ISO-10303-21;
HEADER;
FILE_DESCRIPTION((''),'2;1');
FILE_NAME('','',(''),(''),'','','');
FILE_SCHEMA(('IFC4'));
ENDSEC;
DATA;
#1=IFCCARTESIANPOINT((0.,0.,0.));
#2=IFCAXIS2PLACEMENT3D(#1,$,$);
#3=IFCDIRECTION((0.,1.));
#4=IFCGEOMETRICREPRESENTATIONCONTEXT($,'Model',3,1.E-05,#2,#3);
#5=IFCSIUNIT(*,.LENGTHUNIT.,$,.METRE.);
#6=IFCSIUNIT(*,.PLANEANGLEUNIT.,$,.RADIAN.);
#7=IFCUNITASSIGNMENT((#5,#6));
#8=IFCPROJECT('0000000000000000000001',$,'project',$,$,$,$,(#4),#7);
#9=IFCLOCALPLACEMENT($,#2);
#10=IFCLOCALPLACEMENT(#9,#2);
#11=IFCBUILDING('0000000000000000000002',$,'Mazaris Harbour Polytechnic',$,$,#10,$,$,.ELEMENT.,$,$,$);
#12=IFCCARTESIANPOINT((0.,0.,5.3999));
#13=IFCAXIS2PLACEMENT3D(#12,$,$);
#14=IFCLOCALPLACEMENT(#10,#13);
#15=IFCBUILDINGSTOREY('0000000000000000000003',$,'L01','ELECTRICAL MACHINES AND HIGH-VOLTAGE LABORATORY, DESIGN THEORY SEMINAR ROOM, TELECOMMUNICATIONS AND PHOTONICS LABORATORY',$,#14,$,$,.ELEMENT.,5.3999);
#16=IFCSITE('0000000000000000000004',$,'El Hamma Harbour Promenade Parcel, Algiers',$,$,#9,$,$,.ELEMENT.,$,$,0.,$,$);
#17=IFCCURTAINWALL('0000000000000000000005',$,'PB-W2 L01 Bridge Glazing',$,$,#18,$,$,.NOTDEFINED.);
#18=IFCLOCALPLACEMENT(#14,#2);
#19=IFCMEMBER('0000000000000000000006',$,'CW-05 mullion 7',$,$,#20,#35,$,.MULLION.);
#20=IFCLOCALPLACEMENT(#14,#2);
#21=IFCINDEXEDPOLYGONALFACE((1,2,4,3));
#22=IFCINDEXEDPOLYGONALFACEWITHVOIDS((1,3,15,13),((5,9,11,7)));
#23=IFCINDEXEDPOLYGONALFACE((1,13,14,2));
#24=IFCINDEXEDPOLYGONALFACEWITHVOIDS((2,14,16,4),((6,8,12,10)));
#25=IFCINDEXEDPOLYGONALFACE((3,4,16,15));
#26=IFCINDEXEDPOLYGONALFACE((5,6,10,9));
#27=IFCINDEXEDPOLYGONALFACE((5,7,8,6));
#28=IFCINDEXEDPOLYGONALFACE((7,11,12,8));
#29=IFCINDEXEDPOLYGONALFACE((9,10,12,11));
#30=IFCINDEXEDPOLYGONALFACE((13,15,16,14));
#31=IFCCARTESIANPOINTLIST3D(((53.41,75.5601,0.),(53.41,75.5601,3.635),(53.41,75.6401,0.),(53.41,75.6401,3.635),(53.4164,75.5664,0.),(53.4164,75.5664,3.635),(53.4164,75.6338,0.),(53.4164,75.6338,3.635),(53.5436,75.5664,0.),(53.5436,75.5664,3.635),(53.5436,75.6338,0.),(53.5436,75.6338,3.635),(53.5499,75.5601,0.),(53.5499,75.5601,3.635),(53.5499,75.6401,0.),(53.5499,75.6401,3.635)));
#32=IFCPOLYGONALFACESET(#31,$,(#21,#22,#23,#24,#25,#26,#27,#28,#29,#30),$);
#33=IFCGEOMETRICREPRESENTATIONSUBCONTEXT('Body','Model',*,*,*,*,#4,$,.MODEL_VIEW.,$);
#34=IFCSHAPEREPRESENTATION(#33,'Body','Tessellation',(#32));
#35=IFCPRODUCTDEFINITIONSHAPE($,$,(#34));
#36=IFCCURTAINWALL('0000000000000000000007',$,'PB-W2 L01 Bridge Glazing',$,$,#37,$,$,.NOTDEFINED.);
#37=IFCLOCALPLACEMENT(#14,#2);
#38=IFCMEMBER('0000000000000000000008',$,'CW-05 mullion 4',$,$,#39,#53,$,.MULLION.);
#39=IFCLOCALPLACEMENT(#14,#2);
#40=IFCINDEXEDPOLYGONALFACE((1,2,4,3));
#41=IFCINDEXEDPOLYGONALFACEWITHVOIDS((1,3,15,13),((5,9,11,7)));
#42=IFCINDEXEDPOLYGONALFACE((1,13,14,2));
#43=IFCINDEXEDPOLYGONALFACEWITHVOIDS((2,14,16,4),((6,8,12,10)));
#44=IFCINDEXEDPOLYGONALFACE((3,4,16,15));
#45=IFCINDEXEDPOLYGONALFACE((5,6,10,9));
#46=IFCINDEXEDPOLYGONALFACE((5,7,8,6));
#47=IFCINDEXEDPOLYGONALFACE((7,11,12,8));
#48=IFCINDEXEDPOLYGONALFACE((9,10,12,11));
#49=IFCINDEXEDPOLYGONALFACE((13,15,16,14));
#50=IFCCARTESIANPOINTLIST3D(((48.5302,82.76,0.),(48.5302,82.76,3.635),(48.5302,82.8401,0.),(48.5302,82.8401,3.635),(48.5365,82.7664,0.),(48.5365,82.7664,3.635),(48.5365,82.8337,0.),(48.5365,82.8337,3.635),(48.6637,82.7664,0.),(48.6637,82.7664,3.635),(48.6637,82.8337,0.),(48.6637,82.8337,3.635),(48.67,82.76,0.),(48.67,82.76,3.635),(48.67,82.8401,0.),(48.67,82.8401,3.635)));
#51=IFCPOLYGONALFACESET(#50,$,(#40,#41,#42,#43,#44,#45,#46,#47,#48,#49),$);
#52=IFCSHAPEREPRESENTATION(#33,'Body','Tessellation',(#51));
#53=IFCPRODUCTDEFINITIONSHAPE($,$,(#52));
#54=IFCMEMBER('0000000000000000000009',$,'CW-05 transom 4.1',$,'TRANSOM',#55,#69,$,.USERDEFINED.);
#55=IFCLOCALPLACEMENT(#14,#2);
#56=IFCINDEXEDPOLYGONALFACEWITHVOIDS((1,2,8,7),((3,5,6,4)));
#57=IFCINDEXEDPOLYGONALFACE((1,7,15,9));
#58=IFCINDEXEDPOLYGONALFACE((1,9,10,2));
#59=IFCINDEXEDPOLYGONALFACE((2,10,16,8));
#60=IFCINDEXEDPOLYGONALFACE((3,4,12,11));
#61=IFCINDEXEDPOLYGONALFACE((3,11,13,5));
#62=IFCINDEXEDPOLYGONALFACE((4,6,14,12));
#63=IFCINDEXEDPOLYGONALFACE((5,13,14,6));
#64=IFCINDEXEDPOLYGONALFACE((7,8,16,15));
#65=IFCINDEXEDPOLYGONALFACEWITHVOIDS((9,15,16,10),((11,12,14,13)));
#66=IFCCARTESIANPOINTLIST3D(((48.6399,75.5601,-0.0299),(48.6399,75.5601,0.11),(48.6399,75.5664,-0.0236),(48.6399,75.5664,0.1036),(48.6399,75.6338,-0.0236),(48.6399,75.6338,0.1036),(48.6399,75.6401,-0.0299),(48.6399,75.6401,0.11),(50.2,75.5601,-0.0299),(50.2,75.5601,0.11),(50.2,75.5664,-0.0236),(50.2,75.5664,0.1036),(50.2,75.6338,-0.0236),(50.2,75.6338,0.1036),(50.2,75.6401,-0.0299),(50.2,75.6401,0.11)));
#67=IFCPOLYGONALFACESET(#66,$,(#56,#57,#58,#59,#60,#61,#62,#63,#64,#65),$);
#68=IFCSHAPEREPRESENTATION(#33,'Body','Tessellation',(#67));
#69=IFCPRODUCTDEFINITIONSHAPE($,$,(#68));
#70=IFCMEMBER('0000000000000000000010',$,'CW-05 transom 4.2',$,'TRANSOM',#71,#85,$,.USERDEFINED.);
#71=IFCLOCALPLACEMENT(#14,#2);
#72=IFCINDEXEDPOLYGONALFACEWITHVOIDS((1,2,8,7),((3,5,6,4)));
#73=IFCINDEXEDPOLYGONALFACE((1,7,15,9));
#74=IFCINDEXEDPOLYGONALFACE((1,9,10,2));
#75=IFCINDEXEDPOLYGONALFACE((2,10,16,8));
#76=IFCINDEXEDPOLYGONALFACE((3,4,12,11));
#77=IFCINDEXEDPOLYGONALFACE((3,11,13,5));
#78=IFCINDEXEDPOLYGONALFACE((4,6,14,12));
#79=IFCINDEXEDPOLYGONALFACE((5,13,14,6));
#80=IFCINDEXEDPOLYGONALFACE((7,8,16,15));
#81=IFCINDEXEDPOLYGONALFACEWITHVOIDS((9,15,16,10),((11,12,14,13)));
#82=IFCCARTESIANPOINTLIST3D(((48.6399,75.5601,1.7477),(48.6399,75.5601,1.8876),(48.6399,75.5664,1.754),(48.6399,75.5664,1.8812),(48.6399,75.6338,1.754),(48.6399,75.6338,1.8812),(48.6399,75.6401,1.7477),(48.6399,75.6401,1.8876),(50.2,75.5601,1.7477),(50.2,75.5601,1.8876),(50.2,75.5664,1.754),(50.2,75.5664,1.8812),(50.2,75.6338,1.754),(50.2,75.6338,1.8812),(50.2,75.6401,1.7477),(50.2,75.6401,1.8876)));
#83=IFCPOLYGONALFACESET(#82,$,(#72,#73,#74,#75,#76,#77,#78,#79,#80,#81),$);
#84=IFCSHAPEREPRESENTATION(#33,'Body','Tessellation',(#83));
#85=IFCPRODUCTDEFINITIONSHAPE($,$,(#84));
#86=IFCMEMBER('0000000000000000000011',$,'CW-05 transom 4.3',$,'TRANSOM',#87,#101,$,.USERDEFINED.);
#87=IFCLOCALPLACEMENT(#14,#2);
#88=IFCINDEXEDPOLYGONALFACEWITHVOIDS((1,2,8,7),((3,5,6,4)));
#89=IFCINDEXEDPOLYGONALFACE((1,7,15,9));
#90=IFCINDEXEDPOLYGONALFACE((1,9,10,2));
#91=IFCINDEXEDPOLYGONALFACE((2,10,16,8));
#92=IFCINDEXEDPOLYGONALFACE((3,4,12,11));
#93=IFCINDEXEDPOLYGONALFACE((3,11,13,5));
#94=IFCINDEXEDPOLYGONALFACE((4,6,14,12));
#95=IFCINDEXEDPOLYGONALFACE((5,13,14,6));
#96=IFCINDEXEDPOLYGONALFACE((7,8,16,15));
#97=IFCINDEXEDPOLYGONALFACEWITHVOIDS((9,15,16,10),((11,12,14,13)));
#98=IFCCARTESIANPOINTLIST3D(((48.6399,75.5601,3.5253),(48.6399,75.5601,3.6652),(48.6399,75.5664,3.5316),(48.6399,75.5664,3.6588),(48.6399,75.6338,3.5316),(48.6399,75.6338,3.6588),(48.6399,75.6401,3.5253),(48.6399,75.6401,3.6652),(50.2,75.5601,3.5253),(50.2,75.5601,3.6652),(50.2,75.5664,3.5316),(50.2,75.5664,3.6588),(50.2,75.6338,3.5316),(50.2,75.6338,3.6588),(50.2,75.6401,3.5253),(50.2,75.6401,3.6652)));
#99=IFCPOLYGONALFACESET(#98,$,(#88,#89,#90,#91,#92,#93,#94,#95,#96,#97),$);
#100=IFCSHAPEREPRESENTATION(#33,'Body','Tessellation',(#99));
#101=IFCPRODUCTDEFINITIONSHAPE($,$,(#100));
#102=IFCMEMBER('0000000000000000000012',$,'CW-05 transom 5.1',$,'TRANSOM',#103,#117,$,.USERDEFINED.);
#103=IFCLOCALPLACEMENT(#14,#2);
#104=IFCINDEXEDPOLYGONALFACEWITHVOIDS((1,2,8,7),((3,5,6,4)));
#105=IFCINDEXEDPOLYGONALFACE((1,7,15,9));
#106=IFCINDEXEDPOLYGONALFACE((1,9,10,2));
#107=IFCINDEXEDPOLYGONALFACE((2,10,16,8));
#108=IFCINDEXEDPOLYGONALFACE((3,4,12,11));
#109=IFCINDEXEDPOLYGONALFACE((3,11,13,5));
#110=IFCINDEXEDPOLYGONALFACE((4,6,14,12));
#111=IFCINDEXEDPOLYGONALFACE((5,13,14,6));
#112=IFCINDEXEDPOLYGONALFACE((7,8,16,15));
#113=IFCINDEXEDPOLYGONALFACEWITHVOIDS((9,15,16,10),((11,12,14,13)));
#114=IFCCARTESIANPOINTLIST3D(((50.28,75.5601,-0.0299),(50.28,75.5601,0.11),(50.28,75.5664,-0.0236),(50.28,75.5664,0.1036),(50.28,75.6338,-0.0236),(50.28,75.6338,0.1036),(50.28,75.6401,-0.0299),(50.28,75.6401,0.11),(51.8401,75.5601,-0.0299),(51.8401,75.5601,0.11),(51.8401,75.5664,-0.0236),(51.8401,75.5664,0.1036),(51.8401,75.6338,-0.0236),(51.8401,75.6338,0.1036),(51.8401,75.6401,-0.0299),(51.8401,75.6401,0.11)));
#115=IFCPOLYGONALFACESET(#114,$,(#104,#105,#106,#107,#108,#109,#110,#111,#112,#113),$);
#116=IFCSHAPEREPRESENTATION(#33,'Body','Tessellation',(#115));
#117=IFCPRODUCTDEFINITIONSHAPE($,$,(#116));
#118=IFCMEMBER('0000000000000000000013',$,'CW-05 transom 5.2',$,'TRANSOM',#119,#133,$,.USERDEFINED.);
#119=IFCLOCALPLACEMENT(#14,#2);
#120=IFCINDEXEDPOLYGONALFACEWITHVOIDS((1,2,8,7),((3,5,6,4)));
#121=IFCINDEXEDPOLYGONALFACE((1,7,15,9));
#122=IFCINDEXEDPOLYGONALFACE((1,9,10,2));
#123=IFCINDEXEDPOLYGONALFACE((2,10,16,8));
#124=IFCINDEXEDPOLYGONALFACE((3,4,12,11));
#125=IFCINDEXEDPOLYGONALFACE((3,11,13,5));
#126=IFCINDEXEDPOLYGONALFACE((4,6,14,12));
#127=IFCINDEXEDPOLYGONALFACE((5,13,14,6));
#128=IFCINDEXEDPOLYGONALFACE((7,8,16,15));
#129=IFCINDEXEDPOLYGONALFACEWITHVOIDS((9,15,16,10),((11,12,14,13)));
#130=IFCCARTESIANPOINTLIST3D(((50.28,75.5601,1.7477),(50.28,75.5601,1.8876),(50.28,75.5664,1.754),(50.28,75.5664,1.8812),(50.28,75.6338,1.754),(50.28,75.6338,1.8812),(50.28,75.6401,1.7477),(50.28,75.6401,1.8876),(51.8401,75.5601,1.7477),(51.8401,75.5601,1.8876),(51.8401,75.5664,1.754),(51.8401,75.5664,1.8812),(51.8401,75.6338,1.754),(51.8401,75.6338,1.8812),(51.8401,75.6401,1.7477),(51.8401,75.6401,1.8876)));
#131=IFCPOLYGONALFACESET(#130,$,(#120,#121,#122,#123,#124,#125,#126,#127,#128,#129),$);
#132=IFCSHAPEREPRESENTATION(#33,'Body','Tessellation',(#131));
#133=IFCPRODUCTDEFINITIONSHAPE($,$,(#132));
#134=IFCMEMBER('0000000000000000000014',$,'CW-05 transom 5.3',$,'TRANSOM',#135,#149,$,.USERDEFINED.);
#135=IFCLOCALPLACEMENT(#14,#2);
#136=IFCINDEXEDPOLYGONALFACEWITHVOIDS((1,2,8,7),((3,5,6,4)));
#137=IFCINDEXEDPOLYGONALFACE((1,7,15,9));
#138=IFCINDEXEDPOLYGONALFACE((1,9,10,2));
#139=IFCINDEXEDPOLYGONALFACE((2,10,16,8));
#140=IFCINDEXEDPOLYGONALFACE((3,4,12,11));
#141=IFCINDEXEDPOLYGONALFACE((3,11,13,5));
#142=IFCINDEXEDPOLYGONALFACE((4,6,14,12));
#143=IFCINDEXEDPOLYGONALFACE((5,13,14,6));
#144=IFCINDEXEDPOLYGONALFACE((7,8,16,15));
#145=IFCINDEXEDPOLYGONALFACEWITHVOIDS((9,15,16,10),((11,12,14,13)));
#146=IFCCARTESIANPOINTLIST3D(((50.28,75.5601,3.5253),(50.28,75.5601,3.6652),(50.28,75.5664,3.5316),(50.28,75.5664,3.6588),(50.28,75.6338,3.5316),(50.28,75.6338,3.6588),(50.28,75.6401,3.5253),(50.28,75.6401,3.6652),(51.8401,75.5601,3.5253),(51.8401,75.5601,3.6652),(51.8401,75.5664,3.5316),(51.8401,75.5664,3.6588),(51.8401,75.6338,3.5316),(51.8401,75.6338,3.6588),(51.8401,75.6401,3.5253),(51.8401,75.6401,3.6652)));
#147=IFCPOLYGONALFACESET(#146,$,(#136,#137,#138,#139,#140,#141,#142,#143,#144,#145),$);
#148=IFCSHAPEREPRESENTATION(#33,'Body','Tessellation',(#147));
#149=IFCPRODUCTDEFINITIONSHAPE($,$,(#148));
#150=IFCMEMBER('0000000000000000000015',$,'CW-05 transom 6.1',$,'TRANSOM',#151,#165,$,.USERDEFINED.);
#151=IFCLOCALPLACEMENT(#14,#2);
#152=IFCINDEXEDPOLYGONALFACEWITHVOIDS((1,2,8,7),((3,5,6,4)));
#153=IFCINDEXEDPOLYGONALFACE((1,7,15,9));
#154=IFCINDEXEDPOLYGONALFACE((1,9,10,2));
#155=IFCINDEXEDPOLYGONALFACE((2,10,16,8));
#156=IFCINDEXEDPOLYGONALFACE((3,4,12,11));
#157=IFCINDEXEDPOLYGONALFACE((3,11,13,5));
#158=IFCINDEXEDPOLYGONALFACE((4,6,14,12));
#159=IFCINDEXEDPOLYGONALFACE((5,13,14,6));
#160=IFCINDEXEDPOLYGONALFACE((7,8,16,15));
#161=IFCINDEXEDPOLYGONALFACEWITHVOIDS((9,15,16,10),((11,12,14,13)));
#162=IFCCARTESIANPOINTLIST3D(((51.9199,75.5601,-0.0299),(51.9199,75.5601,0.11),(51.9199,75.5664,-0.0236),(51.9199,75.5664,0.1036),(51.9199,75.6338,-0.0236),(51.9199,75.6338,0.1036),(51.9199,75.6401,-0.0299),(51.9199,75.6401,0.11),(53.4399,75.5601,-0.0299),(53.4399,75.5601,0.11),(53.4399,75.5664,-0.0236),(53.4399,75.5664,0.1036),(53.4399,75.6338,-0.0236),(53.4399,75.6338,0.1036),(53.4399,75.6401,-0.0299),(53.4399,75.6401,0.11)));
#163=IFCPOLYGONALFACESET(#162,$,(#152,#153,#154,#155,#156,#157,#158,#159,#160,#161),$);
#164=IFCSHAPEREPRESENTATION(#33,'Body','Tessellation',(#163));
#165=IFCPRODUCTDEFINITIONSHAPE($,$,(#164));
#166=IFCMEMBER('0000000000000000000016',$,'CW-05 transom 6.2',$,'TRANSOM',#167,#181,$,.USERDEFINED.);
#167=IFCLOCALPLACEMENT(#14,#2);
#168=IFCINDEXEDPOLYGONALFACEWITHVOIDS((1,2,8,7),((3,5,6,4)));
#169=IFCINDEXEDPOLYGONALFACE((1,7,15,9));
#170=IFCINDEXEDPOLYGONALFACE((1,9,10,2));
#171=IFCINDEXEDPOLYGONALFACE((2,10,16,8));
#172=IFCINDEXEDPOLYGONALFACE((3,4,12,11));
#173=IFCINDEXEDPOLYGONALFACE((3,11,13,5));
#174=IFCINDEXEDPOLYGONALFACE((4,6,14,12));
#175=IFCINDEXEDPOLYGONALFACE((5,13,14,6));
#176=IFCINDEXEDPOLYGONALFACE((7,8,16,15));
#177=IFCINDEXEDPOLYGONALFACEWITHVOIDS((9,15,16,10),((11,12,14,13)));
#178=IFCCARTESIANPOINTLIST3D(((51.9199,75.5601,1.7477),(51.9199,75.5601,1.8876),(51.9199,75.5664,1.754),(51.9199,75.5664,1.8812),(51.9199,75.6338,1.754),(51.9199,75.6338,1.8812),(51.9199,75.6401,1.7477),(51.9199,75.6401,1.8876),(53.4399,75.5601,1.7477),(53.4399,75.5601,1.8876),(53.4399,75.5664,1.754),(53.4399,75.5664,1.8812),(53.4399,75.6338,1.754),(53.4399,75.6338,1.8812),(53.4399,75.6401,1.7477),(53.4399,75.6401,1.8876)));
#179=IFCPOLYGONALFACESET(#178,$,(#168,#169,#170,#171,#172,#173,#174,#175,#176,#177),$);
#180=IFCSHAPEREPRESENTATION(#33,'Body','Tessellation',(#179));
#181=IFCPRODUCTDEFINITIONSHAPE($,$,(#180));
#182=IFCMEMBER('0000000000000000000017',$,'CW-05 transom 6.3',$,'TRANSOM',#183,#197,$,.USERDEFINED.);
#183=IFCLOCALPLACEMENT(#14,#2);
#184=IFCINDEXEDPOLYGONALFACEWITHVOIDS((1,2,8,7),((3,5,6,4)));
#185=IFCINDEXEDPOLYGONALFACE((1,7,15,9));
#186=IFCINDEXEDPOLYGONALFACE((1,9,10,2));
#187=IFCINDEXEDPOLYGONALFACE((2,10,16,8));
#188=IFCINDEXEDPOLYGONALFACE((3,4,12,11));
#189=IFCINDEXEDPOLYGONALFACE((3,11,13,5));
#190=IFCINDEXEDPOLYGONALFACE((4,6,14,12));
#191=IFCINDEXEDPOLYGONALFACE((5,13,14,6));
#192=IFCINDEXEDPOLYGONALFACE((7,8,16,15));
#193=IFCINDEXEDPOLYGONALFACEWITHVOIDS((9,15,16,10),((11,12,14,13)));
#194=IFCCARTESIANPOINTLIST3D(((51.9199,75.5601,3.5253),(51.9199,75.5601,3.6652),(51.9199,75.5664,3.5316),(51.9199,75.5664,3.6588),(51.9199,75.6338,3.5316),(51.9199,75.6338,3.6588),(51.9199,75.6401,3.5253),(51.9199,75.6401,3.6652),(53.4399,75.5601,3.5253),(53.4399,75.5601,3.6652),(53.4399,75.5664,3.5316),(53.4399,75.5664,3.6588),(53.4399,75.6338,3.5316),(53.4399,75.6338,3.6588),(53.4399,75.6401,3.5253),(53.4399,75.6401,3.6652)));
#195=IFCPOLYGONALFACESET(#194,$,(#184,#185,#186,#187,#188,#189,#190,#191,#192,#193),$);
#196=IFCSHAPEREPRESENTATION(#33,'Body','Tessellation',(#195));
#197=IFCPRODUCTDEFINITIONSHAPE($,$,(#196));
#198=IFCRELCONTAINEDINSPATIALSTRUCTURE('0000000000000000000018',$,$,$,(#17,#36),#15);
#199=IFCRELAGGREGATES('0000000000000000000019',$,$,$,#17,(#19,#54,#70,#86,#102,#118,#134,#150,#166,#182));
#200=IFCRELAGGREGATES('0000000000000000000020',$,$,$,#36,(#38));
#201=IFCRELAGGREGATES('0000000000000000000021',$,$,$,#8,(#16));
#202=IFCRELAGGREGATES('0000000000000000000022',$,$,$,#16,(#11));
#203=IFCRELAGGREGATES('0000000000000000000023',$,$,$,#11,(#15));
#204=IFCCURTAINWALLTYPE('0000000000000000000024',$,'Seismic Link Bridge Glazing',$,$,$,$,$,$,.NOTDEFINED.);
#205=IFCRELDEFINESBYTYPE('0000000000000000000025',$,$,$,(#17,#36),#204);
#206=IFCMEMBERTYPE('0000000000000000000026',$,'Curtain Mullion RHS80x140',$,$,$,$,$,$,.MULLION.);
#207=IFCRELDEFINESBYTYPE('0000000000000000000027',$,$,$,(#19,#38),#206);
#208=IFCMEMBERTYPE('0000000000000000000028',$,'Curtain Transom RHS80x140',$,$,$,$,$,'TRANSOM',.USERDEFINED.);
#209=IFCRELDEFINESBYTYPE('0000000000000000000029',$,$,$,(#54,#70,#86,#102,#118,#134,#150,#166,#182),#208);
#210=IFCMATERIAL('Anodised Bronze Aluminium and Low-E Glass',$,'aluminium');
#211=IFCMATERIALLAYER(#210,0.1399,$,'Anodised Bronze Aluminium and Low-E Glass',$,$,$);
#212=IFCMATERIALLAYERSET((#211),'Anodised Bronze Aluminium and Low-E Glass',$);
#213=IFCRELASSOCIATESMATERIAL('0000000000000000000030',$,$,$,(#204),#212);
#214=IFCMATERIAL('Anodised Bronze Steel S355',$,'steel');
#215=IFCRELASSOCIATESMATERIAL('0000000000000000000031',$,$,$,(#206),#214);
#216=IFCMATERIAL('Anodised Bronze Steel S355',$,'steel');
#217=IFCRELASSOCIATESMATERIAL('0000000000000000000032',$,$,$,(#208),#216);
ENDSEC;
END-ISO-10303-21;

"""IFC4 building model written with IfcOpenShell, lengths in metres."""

from ifc_helpers import new_model, si_unit, direction, frame, origin, origin_2d, place, context, subcontext, project, spatial, hollow_rectangle, extrude, material, layer, layer_set, material_profile, profile_set, type_object, element, aggregate, save


model = new_model("IFC4")

# Units and contexts
model_context = context("Model", 3, precision=1e-05, world=origin(), true_north=direction((0.0, 1.0)))
body_context = subcontext(model_context, "Body", "Model", "MODEL_VIEW")
ifc_project = project(units=[si_unit("LENGTHUNIT", "METRE"), si_unit("PLANEANGLEUNIT", "RADIAN")], contexts=[model_context])

# Site, building, storey
site_placement = place(None, origin())
site = spatial("IfcSite", under=ifc_project, at=site_placement, Name="El Hamma Harbour Promenade Parcel, Algiers", CompositionType="ELEMENT", RefElevation=0.0)
building_placement = place(site_placement, origin())
building = spatial("IfcBuilding", under=site, at=building_placement, Name="Mazaris Harbour Polytechnic", CompositionType="ELEMENT")
storey_placement = place(building_placement, frame((0.0, 0.0, 5.3999)))
storey = spatial("IfcBuildingStorey", under=building, at=storey_placement, Name="L01", Description="ELECTRICAL MACHINES AND HIGH-VOLTAGE LABORATORY, DESIGN THEORY SEMINAR ROOM, TELECOMMUNICATIONS AND PHOTONICS LABORATORY", CompositionType="ELEMENT", Elevation=5.3999)

# Curtain wall, member
ifc_material_1 = material(Name="Anodised Bronze Aluminium and Low-E Glass", Category="aluminium")
ifc_layer_1 = layer(ifc_material_1, 0.1399, Name="Anodised Bronze Aluminium and Low-E Glass")
ifc_layer_set_1 = layer_set([ifc_layer_1], Name="Anodised Bronze Aluminium and Low-E Glass")
curtain_wall_type_1 = type_object("IfcCurtainWallType", Name="Seismic Link Bridge Glazing", PredefinedType="NOTDEFINED", material=ifc_layer_set_1)
curtain_wall_1_placement = place(storey_placement, origin())
curtain_wall_1 = element("IfcCurtainWall", 1, at=curtain_wall_1_placement, inside=storey, type_object=curtain_wall_type_1, Name="PB-W2 L01 Bridge Glazing", PredefinedType="NOTDEFINED")
ifc_material_2 = material(Name="Anodised Bronze Steel S355", Category="steel")
ifc_material_profile_1 = material_profile(ifc_material_2, hollow_rectangle(XDim=0.0801, YDim=0.1399, WallThickness=0.0063, at=origin_2d()), Name="RHS 80x140x6.3")
ifc_profile_set_1 = profile_set([ifc_material_profile_1], Name="Anodised Bronze Steel S355")
member_type_1 = type_object("IfcMemberType", Name="Curtain Mullion RHS80x140", PredefinedType="MULLION", material=ifc_profile_set_1)
member_1_placement = place(storey_placement, frame((53.48, 75.6001, 0.0), z_axis=(0.0, 0.0, 1.0), x_axis=(0.0, 1.0, 0.0)))
member_1 = element("IfcMember", 2, at=member_1_placement, type_object=member_type_1, Name="CW-05 mullion 7", PredefinedType="MULLION", context=body_context, shape_type="SweptSolid", body=[
    extrude(hollow_rectangle(XDim=0.0801, YDim=0.1399, WallThickness=0.0063, at=origin_2d()), origin(), (0.0, 0.0, 1.0), 3.635),
])

# Curtain wall, member
curtain_wall_2_placement = place(storey_placement, origin())
curtain_wall_2 = element("IfcCurtainWall", 3, at=curtain_wall_2_placement, inside=storey, type_object=curtain_wall_type_1, Name="PB-W2 L01 Bridge Glazing", PredefinedType="NOTDEFINED")
member_2_placement = place(storey_placement, frame((48.6001, 82.8, 0.0), z_axis=(0.0, 0.0, 1.0), x_axis=(0.0, -1.0, 0.0)))
member_2 = element("IfcMember", 4, at=member_2_placement, type_object=member_type_1, Name="CW-05 mullion 4", PredefinedType="MULLION", context=body_context, shape_type="SweptSolid", body=[
    extrude(hollow_rectangle(XDim=0.0801, YDim=0.1399, WallThickness=0.0063, at=origin_2d()), origin(), (0.0, 0.0, 1.0), 3.635),
])

# Members
ifc_material_3 = material(Name="Anodised Bronze Steel S355", Category="steel")
ifc_material_profile_2 = material_profile(ifc_material_3, hollow_rectangle(XDim=0.0801, YDim=0.1399, WallThickness=0.0063, at=origin_2d()), Name="RHS 80x140x6.3")
ifc_profile_set_2 = profile_set([ifc_material_profile_2], Name="Anodised Bronze Steel S355")
member_type_2 = type_object("IfcMemberType", Name="Curtain Transom RHS80x140", ElementType="TRANSOM", PredefinedType="USERDEFINED", material=ifc_profile_set_2)
member_3_placement = place(storey_placement, frame((48.6399, 75.6001, 0.04), z_axis=(1.0, 0.0, 0.0), x_axis=(0.0, 1.0, 0.0)))
member_3 = element("IfcMember", 5, at=member_3_placement, type_object=member_type_2, Name="CW-05 transom 4.1", ObjectType="TRANSOM", PredefinedType="USERDEFINED", context=body_context, shape_type="SweptSolid", body=[
    extrude(hollow_rectangle(XDim=0.0801, YDim=0.1399, WallThickness=0.0063, at=origin_2d()), origin(), (0.0, 0.0, 1.0), 1.5601),
])
member_4_placement = place(storey_placement, frame((48.6399, 75.6001, 1.8176), z_axis=(1.0, 0.0, 0.0), x_axis=(0.0, 1.0, 0.0)))
member_4 = element("IfcMember", 6, at=member_4_placement, type_object=member_type_2, Name="CW-05 transom 4.2", ObjectType="TRANSOM", PredefinedType="USERDEFINED", context=body_context, shape_type="SweptSolid", body=[
    extrude(hollow_rectangle(XDim=0.0801, YDim=0.1399, WallThickness=0.0063, at=origin_2d()), origin(), (0.0, 0.0, 1.0), 1.5601),
])
member_5_placement = place(storey_placement, frame((48.6399, 75.6001, 3.5952), z_axis=(1.0, 0.0, 0.0), x_axis=(0.0, 1.0, 0.0)))
member_5 = element("IfcMember", 7, at=member_5_placement, type_object=member_type_2, Name="CW-05 transom 4.3", ObjectType="TRANSOM", PredefinedType="USERDEFINED", context=body_context, shape_type="SweptSolid", body=[
    extrude(hollow_rectangle(XDim=0.0801, YDim=0.1399, WallThickness=0.0063, at=origin_2d()), origin(), (0.0, 0.0, 1.0), 1.5601),
])
member_6_placement = place(storey_placement, frame((50.28, 75.6001, 0.04), z_axis=(1.0, 0.0, 0.0), x_axis=(0.0, 1.0, 0.0)))
member_6 = element("IfcMember", 8, at=member_6_placement, type_object=member_type_2, Name="CW-05 transom 5.1", ObjectType="TRANSOM", PredefinedType="USERDEFINED", context=body_context, shape_type="SweptSolid", body=[
    extrude(hollow_rectangle(XDim=0.0801, YDim=0.1399, WallThickness=0.0063, at=origin_2d()), origin(), (0.0, 0.0, 1.0), 1.5601),
])
member_7_placement = place(storey_placement, frame((50.28, 75.6001, 1.8176), z_axis=(1.0, 0.0, 0.0), x_axis=(0.0, 1.0, 0.0)))
member_7 = element("IfcMember", 9, at=member_7_placement, type_object=member_type_2, Name="CW-05 transom 5.2", ObjectType="TRANSOM", PredefinedType="USERDEFINED", context=body_context, shape_type="SweptSolid", body=[
    extrude(hollow_rectangle(XDim=0.0801, YDim=0.1399, WallThickness=0.0063, at=origin_2d()), origin(), (0.0, 0.0, 1.0), 1.5601),
])
member_8_placement = place(storey_placement, frame((50.28, 75.6001, 3.5952), z_axis=(1.0, 0.0, 0.0), x_axis=(0.0, 1.0, 0.0)))
member_8 = element("IfcMember", 10, at=member_8_placement, type_object=member_type_2, Name="CW-05 transom 5.3", ObjectType="TRANSOM", PredefinedType="USERDEFINED", context=body_context, shape_type="SweptSolid", body=[
    extrude(hollow_rectangle(XDim=0.0801, YDim=0.1399, WallThickness=0.0063, at=origin_2d()), origin(), (0.0, 0.0, 1.0), 1.5601),
])
member_9_placement = place(storey_placement, frame((51.9199, 75.6001, 0.04), z_axis=(1.0, 0.0, 0.0), x_axis=(0.0, 1.0, 0.0)))
member_9 = element("IfcMember", 11, at=member_9_placement, type_object=member_type_2, Name="CW-05 transom 6.1", ObjectType="TRANSOM", PredefinedType="USERDEFINED", context=body_context, shape_type="SweptSolid", body=[
    extrude(hollow_rectangle(XDim=0.0801, YDim=0.1399, WallThickness=0.0063, at=origin_2d()), origin(), (0.0, 0.0, 1.0), 1.52),
])
member_10_placement = place(storey_placement, frame((51.9199, 75.6001, 1.8176), z_axis=(1.0, 0.0, 0.0), x_axis=(0.0, 1.0, 0.0)))
member_10 = element("IfcMember", 12, at=member_10_placement, type_object=member_type_2, Name="CW-05 transom 6.2", ObjectType="TRANSOM", PredefinedType="USERDEFINED", context=body_context, shape_type="SweptSolid", body=[
    extrude(hollow_rectangle(XDim=0.0801, YDim=0.1399, WallThickness=0.0063, at=origin_2d()), origin(), (0.0, 0.0, 1.0), 1.52),
])
member_11_placement = place(storey_placement, frame((51.9199, 75.6001, 3.5952), z_axis=(1.0, 0.0, 0.0), x_axis=(0.0, 1.0, 0.0)))
member_11 = element("IfcMember", 13, at=member_11_placement, type_object=member_type_2, Name="CW-05 transom 6.3", ObjectType="TRANSOM", PredefinedType="USERDEFINED", context=body_context, shape_type="SweptSolid", body=[
    extrude(hollow_rectangle(XDim=0.0801, YDim=0.1399, WallThickness=0.0063, at=origin_2d()), origin(), (0.0, 0.0, 1.0), 1.52),
])

aggregate(curtain_wall_1, [member_1, member_3, member_4, member_5, member_6, member_7, member_8, member_9, member_10, member_11])
aggregate(curtain_wall_2, [member_2])

save(model, "model.ifc")
